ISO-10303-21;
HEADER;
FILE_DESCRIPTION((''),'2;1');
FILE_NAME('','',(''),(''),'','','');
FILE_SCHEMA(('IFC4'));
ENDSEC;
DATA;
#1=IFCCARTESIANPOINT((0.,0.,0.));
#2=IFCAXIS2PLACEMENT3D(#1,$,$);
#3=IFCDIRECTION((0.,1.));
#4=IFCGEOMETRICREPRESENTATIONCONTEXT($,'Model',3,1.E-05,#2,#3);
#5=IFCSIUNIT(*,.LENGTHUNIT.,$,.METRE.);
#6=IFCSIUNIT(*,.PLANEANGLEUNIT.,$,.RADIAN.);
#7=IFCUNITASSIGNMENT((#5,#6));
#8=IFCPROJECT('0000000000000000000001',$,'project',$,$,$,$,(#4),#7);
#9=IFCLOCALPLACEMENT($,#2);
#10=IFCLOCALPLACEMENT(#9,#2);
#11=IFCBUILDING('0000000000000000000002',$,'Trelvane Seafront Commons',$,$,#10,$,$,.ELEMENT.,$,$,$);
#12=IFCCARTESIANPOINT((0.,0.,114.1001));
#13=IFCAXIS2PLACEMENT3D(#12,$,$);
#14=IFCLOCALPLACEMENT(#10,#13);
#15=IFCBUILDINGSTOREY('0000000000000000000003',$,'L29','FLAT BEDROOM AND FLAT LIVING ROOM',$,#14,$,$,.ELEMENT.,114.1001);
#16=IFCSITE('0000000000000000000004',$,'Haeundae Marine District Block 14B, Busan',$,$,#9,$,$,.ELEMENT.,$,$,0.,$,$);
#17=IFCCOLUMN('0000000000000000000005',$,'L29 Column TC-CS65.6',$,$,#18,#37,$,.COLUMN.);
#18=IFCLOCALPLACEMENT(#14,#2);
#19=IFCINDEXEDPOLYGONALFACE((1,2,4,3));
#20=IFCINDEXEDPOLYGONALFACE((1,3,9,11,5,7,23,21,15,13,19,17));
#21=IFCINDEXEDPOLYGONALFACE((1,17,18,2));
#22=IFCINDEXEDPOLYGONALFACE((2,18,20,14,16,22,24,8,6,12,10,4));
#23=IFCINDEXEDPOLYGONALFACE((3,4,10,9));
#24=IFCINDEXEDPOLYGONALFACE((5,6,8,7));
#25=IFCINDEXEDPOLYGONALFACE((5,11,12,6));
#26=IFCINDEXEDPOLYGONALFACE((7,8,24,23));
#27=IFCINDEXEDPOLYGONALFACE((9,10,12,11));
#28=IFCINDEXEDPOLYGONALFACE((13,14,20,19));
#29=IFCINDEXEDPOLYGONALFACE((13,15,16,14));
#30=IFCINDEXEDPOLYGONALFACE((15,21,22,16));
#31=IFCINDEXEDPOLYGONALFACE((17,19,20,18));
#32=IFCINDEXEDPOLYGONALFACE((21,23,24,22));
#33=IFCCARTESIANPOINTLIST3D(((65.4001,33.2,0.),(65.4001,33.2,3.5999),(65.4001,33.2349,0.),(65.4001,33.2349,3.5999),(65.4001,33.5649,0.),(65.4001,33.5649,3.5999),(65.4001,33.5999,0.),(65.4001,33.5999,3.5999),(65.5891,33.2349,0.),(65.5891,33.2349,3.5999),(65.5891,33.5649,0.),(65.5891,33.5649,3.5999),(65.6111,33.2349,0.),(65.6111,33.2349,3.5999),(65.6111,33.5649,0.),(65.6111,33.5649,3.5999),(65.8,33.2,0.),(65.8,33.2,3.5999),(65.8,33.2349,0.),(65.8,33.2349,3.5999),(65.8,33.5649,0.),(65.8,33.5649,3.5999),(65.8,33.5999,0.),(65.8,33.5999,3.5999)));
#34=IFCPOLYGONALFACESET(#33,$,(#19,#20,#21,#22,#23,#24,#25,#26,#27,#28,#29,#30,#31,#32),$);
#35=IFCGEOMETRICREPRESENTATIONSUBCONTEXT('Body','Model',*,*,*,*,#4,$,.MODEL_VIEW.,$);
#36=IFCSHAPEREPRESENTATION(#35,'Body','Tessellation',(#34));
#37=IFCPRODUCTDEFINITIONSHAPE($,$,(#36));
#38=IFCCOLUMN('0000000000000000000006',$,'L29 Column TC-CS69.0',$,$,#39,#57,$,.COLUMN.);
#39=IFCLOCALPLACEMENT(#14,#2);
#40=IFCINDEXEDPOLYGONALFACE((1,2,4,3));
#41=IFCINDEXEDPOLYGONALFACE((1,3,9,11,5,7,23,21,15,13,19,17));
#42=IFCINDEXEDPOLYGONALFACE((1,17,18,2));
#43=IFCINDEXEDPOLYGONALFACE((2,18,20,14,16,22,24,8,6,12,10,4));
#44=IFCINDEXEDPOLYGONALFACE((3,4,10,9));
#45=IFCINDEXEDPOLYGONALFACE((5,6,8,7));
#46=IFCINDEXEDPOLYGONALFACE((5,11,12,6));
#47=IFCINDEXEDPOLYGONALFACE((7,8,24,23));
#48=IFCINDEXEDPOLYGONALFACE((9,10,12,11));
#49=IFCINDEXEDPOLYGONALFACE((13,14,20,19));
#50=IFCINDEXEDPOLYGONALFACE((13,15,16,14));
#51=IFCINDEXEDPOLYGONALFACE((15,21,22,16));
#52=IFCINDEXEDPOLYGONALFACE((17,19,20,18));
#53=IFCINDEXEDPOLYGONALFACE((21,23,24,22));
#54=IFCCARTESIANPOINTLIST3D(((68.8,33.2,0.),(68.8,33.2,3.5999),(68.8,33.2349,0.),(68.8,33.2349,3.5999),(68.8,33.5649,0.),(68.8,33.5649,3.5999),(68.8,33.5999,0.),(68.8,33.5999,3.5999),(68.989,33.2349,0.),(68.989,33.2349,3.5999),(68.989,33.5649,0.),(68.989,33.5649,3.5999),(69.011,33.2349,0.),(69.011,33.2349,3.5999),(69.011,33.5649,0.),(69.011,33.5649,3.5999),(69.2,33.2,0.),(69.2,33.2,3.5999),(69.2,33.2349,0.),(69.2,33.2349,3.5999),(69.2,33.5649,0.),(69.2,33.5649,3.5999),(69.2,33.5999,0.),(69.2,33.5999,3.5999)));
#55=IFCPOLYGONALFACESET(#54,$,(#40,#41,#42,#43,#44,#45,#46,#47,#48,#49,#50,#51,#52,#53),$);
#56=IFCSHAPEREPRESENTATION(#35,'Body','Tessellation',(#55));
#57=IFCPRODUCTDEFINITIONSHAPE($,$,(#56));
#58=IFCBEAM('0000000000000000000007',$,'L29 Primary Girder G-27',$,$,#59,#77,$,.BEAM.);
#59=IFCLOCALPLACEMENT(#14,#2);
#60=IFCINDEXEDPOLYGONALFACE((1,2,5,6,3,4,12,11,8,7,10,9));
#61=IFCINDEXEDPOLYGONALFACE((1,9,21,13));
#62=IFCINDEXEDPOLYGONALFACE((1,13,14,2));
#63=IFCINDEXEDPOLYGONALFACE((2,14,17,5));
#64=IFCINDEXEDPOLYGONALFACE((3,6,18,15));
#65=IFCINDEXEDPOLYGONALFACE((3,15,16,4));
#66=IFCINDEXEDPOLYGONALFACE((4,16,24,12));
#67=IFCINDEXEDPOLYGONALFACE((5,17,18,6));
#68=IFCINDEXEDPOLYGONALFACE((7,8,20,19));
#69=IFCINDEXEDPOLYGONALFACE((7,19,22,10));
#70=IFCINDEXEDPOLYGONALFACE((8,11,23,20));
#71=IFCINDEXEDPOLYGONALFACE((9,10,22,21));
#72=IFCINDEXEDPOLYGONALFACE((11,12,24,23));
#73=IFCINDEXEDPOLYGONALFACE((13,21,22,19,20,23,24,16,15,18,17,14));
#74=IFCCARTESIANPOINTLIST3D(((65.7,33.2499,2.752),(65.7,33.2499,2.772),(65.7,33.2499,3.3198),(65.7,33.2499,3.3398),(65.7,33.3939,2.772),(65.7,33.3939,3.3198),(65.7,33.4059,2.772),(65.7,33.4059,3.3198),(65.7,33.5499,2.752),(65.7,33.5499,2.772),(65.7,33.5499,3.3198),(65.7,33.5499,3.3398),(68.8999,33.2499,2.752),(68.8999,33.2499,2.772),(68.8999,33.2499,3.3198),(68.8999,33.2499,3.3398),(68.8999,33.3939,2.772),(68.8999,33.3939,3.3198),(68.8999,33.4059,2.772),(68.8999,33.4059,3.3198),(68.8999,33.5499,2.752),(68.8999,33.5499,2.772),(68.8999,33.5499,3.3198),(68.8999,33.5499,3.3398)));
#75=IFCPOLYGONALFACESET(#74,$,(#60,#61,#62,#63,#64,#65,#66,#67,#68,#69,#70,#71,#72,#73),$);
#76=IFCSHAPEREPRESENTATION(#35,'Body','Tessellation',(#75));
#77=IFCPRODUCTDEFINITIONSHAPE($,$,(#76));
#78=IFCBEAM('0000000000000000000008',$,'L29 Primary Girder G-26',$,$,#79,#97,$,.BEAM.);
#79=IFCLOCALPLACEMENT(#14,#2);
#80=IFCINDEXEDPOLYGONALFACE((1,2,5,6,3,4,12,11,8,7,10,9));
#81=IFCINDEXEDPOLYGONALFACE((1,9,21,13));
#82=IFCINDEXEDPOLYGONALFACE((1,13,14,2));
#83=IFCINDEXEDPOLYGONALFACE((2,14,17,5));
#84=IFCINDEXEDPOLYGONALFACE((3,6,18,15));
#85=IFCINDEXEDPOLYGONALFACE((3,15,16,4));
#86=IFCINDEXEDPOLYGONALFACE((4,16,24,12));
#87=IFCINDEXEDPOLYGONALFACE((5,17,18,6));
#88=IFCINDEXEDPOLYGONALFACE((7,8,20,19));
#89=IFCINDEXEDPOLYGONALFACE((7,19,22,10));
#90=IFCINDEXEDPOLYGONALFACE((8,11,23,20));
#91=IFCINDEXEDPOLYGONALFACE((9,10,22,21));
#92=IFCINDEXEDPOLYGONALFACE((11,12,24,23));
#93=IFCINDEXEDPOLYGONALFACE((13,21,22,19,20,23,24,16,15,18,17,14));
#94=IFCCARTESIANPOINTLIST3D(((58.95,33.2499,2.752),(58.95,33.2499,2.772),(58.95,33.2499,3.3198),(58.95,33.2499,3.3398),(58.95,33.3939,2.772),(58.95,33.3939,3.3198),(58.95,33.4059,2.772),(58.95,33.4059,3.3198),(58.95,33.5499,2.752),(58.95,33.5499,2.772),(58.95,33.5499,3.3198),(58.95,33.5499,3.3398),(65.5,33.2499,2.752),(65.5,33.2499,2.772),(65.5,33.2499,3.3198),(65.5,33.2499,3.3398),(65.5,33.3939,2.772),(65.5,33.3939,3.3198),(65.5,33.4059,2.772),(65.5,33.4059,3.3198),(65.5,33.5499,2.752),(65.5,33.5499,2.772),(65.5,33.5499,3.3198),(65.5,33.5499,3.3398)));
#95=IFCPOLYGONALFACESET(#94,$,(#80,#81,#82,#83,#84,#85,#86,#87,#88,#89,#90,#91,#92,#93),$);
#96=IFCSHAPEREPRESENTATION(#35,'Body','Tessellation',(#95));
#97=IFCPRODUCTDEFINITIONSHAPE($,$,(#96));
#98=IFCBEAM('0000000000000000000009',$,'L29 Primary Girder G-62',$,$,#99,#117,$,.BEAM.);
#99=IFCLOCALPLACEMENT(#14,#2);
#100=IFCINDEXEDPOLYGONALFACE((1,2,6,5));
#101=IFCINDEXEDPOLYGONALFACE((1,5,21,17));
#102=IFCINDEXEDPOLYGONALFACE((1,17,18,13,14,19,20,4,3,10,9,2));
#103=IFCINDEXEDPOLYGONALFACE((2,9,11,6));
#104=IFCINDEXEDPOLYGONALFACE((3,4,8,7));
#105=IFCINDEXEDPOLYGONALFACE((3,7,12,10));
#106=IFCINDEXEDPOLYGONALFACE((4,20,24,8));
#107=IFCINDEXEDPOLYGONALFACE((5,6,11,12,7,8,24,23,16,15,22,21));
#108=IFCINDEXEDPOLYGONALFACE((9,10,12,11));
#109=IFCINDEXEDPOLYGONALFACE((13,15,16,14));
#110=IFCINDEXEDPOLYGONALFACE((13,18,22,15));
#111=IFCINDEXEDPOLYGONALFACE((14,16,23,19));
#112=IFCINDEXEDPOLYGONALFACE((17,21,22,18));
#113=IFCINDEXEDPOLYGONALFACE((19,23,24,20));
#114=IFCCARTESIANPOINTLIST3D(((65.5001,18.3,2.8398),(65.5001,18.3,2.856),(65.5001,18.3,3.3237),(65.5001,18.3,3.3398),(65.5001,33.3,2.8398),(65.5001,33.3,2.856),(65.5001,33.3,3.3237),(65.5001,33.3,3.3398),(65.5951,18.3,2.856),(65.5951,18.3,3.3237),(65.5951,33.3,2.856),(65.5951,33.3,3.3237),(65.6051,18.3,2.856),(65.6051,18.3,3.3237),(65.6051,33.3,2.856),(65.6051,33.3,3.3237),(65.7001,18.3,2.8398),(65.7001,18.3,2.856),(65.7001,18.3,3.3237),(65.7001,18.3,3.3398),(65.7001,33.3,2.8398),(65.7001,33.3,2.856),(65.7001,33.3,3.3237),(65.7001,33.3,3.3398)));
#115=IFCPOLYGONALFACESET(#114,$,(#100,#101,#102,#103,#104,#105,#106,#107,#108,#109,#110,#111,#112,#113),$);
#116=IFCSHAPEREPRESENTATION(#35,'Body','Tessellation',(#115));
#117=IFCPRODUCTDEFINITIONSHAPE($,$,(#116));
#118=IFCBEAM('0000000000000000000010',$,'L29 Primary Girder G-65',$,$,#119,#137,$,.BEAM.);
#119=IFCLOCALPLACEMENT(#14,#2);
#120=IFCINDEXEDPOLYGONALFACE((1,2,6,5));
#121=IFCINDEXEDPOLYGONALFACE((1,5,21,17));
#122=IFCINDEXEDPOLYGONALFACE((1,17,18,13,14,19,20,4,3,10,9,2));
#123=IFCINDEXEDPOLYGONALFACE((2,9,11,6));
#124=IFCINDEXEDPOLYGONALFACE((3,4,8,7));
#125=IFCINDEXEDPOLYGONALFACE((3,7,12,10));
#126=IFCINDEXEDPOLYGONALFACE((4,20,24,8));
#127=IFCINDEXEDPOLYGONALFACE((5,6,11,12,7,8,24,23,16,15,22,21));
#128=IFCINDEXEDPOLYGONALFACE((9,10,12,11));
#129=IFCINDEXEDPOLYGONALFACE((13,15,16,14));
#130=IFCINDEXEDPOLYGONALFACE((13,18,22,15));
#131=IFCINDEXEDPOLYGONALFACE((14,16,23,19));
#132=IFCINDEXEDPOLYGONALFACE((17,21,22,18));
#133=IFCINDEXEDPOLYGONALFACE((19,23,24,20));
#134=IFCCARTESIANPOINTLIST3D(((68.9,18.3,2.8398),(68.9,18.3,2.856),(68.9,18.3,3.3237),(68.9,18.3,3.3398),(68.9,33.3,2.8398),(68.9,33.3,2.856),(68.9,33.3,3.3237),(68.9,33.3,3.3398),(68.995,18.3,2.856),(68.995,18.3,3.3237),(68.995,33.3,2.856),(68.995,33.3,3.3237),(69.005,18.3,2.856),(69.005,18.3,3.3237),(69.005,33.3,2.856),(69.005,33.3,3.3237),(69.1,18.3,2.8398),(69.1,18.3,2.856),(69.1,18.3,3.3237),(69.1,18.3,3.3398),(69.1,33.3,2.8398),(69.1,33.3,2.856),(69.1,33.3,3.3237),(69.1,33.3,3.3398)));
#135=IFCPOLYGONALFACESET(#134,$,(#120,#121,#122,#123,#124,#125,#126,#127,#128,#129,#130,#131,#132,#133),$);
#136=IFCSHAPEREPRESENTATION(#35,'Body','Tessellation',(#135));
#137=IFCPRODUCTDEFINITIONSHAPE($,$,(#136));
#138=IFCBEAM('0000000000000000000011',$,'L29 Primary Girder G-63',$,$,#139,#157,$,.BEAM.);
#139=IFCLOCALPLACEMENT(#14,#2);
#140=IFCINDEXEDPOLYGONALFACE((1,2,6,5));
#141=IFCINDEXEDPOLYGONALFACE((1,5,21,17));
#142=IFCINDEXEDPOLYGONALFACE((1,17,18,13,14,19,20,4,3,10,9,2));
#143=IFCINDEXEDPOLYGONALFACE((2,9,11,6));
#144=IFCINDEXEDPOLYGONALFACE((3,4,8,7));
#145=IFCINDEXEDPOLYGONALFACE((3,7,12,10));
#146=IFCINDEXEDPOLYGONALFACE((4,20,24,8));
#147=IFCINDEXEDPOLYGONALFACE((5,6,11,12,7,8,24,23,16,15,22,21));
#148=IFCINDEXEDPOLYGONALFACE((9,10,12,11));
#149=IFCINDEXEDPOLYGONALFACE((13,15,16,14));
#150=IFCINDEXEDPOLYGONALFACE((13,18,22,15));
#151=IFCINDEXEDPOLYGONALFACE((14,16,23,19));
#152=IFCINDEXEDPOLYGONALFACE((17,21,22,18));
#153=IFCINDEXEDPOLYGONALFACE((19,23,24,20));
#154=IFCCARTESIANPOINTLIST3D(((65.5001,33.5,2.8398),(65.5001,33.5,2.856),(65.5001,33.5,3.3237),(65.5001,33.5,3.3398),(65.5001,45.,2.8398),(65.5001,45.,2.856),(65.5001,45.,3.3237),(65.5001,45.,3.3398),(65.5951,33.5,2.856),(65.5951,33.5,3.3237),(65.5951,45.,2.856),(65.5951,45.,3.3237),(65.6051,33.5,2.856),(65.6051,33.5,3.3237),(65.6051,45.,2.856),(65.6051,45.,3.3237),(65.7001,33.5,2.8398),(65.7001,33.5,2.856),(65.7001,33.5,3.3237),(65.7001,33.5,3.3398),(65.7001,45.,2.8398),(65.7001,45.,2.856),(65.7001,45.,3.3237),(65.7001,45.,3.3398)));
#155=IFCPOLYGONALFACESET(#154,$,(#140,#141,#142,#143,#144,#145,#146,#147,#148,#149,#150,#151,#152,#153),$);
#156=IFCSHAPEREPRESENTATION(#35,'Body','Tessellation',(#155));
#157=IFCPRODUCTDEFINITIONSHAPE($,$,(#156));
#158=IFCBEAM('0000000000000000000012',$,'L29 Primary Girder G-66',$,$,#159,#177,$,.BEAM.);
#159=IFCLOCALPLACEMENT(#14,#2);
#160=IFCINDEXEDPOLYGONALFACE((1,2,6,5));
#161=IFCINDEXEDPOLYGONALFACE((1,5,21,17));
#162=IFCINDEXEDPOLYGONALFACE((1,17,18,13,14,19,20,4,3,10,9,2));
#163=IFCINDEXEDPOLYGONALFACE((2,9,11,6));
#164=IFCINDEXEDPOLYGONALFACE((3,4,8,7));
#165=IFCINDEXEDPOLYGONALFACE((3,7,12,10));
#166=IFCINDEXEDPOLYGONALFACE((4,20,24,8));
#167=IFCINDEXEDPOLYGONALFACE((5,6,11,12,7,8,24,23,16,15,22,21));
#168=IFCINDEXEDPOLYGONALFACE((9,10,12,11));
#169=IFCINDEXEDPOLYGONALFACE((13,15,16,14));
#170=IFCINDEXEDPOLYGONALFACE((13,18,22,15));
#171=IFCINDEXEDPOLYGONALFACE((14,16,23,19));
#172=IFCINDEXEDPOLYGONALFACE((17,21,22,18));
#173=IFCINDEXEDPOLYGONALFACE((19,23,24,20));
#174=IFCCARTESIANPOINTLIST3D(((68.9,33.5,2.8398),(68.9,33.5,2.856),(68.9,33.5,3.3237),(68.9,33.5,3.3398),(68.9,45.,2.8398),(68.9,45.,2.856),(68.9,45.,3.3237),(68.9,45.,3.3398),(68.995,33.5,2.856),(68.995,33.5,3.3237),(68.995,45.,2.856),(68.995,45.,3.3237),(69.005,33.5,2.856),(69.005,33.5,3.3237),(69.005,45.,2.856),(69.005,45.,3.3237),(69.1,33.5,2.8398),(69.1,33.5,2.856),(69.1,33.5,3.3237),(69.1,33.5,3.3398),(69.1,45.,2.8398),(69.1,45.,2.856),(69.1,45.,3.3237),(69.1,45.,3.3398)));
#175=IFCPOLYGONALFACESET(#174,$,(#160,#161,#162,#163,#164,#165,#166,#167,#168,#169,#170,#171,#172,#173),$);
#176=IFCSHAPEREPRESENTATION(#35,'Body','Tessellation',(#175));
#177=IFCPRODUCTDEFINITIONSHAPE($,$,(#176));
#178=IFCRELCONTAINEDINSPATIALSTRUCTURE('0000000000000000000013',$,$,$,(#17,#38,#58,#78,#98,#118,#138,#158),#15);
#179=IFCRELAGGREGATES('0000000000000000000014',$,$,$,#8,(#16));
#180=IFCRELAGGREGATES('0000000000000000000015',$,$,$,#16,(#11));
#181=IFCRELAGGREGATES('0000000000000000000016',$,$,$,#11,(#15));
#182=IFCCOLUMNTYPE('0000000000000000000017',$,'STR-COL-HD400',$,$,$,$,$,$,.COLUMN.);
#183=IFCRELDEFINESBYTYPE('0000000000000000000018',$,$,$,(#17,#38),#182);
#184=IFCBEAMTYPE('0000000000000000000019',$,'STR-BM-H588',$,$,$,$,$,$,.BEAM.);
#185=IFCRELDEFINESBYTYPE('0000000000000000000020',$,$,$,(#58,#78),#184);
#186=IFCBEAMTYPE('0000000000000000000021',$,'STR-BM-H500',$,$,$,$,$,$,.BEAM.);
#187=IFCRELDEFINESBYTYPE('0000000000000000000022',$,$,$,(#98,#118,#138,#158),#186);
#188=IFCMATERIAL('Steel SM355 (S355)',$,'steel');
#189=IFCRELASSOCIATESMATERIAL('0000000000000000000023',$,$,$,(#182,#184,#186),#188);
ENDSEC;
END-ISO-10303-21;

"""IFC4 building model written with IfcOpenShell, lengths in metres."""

from ifc_helpers import new_model, si_unit, direction, frame, origin, origin_2d, place, context, subcontext, project, spatial, i_section, extrude, source, transform, mapped, material, material_profile, profile_set, type_object, element, save


model = new_model("IFC4")

# Units and contexts
model_context = context("Model", 3, precision=1e-05, world=origin(), true_north=direction((0.0, 1.0)))
body_context = subcontext(model_context, "Body", "Model", "MODEL_VIEW")
ifc_project = project(units=[si_unit("LENGTHUNIT", "METRE"), si_unit("PLANEANGLEUNIT", "RADIAN")], contexts=[model_context])

# Site, building, storey
site_placement = place(None, origin())
site = spatial("IfcSite", under=ifc_project, at=site_placement, Name="Haeundae Marine District Block 14B, Busan", CompositionType="ELEMENT", RefElevation=0.0)
building_placement = place(site_placement, origin())
building = spatial("IfcBuilding", under=site, at=building_placement, Name="Trelvane Seafront Commons", CompositionType="ELEMENT")
storey_placement = place(building_placement, frame((0.0, 0.0, 114.1001)))
storey = spatial("IfcBuildingStorey", under=building, at=storey_placement, Name="L29", Description="FLAT BEDROOM AND FLAT LIVING ROOM", CompositionType="ELEMENT", Elevation=114.1001)

# Columns
ifc_material_1 = material(Name="Steel SM355 (S355)", Category="steel")
ifc_material_profile_1 = material_profile(ifc_material_1, i_section(OverallWidth=0.3999, OverallDepth=0.3999, WebThickness=0.022, FlangeThickness=0.0349, at=origin_2d()), Name="HD-400x400x22x35")
ifc_profile_set_1 = profile_set([ifc_material_profile_1], Name="Steel SM355 (S355)")
column_type = type_object("IfcColumnType", Name="STR-COL-HD400", PredefinedType="COLUMN", material=ifc_profile_set_1)
shared_shape_1 = source(origin(), body_context, "Body", "SweptSolid", [
    extrude(i_section(OverallWidth=0.3999, OverallDepth=0.3999, WebThickness=0.022, FlangeThickness=0.0349, at=origin_2d()), origin(), (0.0, 0.0, 1.0), 3.5999),
])
for number, where, z_axis, x_axis, name in (
    (1, (65.6001, 33.3999, 0.0), (0.0, 0.0, 1.0), (1.0, 0.0, 0.0), "L29 Column TC-CS65.6"),
    (2, (69.0, 33.3999, 0.0), (0.0, 0.0, 1.0), (1.0, 0.0, 0.0), "L29 Column TC-CS69.0"),
):
    element("IfcColumn", number, at=place(storey_placement, frame(where, z_axis=z_axis, x_axis=x_axis)), inside=storey, type_object=column_type, Name=name, PredefinedType="COLUMN", context=body_context, shape_type="MappedRepresentation", body=[
        mapped(shared_shape_1, transform((0.0, 0.0, 0.0), x_axis=(1.0, 0.0, 0.0), y_axis=(0.0, 1.0, 0.0), z_axis=(0.0, 0.0, 1.0), scale=1.0)),
    ])

# Beams
ifc_material_profile_2 = material_profile(ifc_material_1, i_section(OverallWidth=0.3, OverallDepth=0.5879, WebThickness=0.012, FlangeThickness=0.02, at=origin_2d()), Name="H-588x300x12x20")
ifc_profile_set_2 = profile_set([ifc_material_profile_2], Name="Steel SM355 (S355)")
beam_type_1 = type_object("IfcBeamType", Name="STR-BM-H588", PredefinedType="BEAM", material=ifc_profile_set_2)
shared_shape_2 = source(origin(), body_context, "Body", "SweptSolid", [
    extrude(i_section(OverallWidth=0.3, OverallDepth=0.5879, WebThickness=0.012, FlangeThickness=0.02, at=origin_2d()), origin(), (0.0, 0.0, 1.0), 3.2),
])
beam_1_placement = place(storey_placement, frame((65.7, 33.3999, 3.0459), z_axis=(1.0, 0.0, 0.0), x_axis=(0.0, 1.0, 0.0)))
element("IfcBeam", 3, at=beam_1_placement, inside=storey, type_object=beam_type_1, Name="L29 Primary Girder G-27", PredefinedType="BEAM", context=body_context, shape_type="MappedRepresentation", body=[
    mapped(shared_shape_2, transform((0.0, 0.0, 0.0), x_axis=(1.0, 0.0, 0.0), y_axis=(0.0, 1.0, 0.0), z_axis=(0.0, 0.0, 1.0), scale=1.0)),
])
shared_shape_3 = source(origin(), body_context, "Body", "SweptSolid", [
    extrude(i_section(OverallWidth=0.3, OverallDepth=0.5879, WebThickness=0.012, FlangeThickness=0.02, at=origin_2d()), origin(), (0.0, 0.0, 1.0), 6.55),
])
beam_2_placement = place(storey_placement, frame((58.95, 33.3999, 3.0459), z_axis=(1.0, 0.0, 0.0), x_axis=(0.0, 1.0, 0.0)))
element("IfcBeam", 4, at=beam_2_placement, inside=storey, type_object=beam_type_1, Name="L29 Primary Girder G-26", PredefinedType="BEAM", context=body_context, shape_type="MappedRepresentation", body=[
    mapped(shared_shape_3, transform((0.0, 0.0, 0.0), x_axis=(1.0, 0.0, 0.0), y_axis=(0.0, 1.0, 0.0), z_axis=(0.0, 0.0, 1.0), scale=1.0)),
])
ifc_material_profile_3 = material_profile(ifc_material_1, i_section(OverallWidth=0.2, OverallDepth=0.5, WebThickness=0.01, FlangeThickness=0.0161, at=origin_2d()), Name="H-500x200x10x16")
ifc_profile_set_3 = profile_set([ifc_material_profile_3], Name="Steel SM355 (S355)")
beam_type_2 = type_object("IfcBeamType", Name="STR-BM-H500", PredefinedType="BEAM", material=ifc_profile_set_3)
shared_shape_4 = source(origin(), body_context, "Body", "SweptSolid", [
    extrude(i_section(OverallWidth=0.2, OverallDepth=0.5, WebThickness=0.01, FlangeThickness=0.0161, at=origin_2d()), origin(), (0.0, 0.0, 1.0), 15.0),
])
for number, where, z_axis, x_axis, name in (
    (5, (65.6001, 18.3, 3.0898), (0.0, 1.0, 0.0), (-1.0, 0.0, 0.0), "L29 Primary Girder G-62"),
    (6, (69.0, 18.3, 3.0898), (0.0, 1.0, 0.0), (-1.0, 0.0, 0.0), "L29 Primary Girder G-65"),
):
    element("IfcBeam", number, at=place(storey_placement, frame(where, z_axis=z_axis, x_axis=x_axis)), inside=storey, type_object=beam_type_2, Name=name, PredefinedType="BEAM", context=body_context, shape_type="MappedRepresentation", body=[
        mapped(shared_shape_4, transform((0.0, 0.0, 0.0), x_axis=(1.0, 0.0, 0.0), y_axis=(0.0, 1.0, 0.0), z_axis=(0.0, 0.0, 1.0), scale=1.0)),
    ])
shared_shape_5 = source(origin(), body_context, "Body", "SweptSolid", [
    extrude(i_section(OverallWidth=0.2, OverallDepth=0.5, WebThickness=0.01, FlangeThickness=0.0161, at=origin_2d()), origin(), (0.0, 0.0, 1.0), 11.5),
])
for number, where, z_axis, x_axis, name in (
    (7, (65.6001, 33.5, 3.0898), (0.0, 1.0, 0.0), (-1.0, 0.0, 0.0), "L29 Primary Girder G-63"),
    (8, (69.0, 33.5, 3.0898), (0.0, 1.0, 0.0), (-1.0, 0.0, 0.0), "L29 Primary Girder G-66"),
):
    element("IfcBeam", number, at=place(storey_placement, frame(where, z_axis=z_axis, x_axis=x_axis)), inside=storey, type_object=beam_type_2, Name=name, PredefinedType="BEAM", context=body_context, shape_type="MappedRepresentation", body=[
        mapped(shared_shape_5, transform((0.0, 0.0, 0.0), x_axis=(1.0, 0.0, 0.0), y_axis=(0.0, 1.0, 0.0), z_axis=(0.0, 0.0, 1.0), scale=1.0)),
    ])

save(model, "model.ifc")
